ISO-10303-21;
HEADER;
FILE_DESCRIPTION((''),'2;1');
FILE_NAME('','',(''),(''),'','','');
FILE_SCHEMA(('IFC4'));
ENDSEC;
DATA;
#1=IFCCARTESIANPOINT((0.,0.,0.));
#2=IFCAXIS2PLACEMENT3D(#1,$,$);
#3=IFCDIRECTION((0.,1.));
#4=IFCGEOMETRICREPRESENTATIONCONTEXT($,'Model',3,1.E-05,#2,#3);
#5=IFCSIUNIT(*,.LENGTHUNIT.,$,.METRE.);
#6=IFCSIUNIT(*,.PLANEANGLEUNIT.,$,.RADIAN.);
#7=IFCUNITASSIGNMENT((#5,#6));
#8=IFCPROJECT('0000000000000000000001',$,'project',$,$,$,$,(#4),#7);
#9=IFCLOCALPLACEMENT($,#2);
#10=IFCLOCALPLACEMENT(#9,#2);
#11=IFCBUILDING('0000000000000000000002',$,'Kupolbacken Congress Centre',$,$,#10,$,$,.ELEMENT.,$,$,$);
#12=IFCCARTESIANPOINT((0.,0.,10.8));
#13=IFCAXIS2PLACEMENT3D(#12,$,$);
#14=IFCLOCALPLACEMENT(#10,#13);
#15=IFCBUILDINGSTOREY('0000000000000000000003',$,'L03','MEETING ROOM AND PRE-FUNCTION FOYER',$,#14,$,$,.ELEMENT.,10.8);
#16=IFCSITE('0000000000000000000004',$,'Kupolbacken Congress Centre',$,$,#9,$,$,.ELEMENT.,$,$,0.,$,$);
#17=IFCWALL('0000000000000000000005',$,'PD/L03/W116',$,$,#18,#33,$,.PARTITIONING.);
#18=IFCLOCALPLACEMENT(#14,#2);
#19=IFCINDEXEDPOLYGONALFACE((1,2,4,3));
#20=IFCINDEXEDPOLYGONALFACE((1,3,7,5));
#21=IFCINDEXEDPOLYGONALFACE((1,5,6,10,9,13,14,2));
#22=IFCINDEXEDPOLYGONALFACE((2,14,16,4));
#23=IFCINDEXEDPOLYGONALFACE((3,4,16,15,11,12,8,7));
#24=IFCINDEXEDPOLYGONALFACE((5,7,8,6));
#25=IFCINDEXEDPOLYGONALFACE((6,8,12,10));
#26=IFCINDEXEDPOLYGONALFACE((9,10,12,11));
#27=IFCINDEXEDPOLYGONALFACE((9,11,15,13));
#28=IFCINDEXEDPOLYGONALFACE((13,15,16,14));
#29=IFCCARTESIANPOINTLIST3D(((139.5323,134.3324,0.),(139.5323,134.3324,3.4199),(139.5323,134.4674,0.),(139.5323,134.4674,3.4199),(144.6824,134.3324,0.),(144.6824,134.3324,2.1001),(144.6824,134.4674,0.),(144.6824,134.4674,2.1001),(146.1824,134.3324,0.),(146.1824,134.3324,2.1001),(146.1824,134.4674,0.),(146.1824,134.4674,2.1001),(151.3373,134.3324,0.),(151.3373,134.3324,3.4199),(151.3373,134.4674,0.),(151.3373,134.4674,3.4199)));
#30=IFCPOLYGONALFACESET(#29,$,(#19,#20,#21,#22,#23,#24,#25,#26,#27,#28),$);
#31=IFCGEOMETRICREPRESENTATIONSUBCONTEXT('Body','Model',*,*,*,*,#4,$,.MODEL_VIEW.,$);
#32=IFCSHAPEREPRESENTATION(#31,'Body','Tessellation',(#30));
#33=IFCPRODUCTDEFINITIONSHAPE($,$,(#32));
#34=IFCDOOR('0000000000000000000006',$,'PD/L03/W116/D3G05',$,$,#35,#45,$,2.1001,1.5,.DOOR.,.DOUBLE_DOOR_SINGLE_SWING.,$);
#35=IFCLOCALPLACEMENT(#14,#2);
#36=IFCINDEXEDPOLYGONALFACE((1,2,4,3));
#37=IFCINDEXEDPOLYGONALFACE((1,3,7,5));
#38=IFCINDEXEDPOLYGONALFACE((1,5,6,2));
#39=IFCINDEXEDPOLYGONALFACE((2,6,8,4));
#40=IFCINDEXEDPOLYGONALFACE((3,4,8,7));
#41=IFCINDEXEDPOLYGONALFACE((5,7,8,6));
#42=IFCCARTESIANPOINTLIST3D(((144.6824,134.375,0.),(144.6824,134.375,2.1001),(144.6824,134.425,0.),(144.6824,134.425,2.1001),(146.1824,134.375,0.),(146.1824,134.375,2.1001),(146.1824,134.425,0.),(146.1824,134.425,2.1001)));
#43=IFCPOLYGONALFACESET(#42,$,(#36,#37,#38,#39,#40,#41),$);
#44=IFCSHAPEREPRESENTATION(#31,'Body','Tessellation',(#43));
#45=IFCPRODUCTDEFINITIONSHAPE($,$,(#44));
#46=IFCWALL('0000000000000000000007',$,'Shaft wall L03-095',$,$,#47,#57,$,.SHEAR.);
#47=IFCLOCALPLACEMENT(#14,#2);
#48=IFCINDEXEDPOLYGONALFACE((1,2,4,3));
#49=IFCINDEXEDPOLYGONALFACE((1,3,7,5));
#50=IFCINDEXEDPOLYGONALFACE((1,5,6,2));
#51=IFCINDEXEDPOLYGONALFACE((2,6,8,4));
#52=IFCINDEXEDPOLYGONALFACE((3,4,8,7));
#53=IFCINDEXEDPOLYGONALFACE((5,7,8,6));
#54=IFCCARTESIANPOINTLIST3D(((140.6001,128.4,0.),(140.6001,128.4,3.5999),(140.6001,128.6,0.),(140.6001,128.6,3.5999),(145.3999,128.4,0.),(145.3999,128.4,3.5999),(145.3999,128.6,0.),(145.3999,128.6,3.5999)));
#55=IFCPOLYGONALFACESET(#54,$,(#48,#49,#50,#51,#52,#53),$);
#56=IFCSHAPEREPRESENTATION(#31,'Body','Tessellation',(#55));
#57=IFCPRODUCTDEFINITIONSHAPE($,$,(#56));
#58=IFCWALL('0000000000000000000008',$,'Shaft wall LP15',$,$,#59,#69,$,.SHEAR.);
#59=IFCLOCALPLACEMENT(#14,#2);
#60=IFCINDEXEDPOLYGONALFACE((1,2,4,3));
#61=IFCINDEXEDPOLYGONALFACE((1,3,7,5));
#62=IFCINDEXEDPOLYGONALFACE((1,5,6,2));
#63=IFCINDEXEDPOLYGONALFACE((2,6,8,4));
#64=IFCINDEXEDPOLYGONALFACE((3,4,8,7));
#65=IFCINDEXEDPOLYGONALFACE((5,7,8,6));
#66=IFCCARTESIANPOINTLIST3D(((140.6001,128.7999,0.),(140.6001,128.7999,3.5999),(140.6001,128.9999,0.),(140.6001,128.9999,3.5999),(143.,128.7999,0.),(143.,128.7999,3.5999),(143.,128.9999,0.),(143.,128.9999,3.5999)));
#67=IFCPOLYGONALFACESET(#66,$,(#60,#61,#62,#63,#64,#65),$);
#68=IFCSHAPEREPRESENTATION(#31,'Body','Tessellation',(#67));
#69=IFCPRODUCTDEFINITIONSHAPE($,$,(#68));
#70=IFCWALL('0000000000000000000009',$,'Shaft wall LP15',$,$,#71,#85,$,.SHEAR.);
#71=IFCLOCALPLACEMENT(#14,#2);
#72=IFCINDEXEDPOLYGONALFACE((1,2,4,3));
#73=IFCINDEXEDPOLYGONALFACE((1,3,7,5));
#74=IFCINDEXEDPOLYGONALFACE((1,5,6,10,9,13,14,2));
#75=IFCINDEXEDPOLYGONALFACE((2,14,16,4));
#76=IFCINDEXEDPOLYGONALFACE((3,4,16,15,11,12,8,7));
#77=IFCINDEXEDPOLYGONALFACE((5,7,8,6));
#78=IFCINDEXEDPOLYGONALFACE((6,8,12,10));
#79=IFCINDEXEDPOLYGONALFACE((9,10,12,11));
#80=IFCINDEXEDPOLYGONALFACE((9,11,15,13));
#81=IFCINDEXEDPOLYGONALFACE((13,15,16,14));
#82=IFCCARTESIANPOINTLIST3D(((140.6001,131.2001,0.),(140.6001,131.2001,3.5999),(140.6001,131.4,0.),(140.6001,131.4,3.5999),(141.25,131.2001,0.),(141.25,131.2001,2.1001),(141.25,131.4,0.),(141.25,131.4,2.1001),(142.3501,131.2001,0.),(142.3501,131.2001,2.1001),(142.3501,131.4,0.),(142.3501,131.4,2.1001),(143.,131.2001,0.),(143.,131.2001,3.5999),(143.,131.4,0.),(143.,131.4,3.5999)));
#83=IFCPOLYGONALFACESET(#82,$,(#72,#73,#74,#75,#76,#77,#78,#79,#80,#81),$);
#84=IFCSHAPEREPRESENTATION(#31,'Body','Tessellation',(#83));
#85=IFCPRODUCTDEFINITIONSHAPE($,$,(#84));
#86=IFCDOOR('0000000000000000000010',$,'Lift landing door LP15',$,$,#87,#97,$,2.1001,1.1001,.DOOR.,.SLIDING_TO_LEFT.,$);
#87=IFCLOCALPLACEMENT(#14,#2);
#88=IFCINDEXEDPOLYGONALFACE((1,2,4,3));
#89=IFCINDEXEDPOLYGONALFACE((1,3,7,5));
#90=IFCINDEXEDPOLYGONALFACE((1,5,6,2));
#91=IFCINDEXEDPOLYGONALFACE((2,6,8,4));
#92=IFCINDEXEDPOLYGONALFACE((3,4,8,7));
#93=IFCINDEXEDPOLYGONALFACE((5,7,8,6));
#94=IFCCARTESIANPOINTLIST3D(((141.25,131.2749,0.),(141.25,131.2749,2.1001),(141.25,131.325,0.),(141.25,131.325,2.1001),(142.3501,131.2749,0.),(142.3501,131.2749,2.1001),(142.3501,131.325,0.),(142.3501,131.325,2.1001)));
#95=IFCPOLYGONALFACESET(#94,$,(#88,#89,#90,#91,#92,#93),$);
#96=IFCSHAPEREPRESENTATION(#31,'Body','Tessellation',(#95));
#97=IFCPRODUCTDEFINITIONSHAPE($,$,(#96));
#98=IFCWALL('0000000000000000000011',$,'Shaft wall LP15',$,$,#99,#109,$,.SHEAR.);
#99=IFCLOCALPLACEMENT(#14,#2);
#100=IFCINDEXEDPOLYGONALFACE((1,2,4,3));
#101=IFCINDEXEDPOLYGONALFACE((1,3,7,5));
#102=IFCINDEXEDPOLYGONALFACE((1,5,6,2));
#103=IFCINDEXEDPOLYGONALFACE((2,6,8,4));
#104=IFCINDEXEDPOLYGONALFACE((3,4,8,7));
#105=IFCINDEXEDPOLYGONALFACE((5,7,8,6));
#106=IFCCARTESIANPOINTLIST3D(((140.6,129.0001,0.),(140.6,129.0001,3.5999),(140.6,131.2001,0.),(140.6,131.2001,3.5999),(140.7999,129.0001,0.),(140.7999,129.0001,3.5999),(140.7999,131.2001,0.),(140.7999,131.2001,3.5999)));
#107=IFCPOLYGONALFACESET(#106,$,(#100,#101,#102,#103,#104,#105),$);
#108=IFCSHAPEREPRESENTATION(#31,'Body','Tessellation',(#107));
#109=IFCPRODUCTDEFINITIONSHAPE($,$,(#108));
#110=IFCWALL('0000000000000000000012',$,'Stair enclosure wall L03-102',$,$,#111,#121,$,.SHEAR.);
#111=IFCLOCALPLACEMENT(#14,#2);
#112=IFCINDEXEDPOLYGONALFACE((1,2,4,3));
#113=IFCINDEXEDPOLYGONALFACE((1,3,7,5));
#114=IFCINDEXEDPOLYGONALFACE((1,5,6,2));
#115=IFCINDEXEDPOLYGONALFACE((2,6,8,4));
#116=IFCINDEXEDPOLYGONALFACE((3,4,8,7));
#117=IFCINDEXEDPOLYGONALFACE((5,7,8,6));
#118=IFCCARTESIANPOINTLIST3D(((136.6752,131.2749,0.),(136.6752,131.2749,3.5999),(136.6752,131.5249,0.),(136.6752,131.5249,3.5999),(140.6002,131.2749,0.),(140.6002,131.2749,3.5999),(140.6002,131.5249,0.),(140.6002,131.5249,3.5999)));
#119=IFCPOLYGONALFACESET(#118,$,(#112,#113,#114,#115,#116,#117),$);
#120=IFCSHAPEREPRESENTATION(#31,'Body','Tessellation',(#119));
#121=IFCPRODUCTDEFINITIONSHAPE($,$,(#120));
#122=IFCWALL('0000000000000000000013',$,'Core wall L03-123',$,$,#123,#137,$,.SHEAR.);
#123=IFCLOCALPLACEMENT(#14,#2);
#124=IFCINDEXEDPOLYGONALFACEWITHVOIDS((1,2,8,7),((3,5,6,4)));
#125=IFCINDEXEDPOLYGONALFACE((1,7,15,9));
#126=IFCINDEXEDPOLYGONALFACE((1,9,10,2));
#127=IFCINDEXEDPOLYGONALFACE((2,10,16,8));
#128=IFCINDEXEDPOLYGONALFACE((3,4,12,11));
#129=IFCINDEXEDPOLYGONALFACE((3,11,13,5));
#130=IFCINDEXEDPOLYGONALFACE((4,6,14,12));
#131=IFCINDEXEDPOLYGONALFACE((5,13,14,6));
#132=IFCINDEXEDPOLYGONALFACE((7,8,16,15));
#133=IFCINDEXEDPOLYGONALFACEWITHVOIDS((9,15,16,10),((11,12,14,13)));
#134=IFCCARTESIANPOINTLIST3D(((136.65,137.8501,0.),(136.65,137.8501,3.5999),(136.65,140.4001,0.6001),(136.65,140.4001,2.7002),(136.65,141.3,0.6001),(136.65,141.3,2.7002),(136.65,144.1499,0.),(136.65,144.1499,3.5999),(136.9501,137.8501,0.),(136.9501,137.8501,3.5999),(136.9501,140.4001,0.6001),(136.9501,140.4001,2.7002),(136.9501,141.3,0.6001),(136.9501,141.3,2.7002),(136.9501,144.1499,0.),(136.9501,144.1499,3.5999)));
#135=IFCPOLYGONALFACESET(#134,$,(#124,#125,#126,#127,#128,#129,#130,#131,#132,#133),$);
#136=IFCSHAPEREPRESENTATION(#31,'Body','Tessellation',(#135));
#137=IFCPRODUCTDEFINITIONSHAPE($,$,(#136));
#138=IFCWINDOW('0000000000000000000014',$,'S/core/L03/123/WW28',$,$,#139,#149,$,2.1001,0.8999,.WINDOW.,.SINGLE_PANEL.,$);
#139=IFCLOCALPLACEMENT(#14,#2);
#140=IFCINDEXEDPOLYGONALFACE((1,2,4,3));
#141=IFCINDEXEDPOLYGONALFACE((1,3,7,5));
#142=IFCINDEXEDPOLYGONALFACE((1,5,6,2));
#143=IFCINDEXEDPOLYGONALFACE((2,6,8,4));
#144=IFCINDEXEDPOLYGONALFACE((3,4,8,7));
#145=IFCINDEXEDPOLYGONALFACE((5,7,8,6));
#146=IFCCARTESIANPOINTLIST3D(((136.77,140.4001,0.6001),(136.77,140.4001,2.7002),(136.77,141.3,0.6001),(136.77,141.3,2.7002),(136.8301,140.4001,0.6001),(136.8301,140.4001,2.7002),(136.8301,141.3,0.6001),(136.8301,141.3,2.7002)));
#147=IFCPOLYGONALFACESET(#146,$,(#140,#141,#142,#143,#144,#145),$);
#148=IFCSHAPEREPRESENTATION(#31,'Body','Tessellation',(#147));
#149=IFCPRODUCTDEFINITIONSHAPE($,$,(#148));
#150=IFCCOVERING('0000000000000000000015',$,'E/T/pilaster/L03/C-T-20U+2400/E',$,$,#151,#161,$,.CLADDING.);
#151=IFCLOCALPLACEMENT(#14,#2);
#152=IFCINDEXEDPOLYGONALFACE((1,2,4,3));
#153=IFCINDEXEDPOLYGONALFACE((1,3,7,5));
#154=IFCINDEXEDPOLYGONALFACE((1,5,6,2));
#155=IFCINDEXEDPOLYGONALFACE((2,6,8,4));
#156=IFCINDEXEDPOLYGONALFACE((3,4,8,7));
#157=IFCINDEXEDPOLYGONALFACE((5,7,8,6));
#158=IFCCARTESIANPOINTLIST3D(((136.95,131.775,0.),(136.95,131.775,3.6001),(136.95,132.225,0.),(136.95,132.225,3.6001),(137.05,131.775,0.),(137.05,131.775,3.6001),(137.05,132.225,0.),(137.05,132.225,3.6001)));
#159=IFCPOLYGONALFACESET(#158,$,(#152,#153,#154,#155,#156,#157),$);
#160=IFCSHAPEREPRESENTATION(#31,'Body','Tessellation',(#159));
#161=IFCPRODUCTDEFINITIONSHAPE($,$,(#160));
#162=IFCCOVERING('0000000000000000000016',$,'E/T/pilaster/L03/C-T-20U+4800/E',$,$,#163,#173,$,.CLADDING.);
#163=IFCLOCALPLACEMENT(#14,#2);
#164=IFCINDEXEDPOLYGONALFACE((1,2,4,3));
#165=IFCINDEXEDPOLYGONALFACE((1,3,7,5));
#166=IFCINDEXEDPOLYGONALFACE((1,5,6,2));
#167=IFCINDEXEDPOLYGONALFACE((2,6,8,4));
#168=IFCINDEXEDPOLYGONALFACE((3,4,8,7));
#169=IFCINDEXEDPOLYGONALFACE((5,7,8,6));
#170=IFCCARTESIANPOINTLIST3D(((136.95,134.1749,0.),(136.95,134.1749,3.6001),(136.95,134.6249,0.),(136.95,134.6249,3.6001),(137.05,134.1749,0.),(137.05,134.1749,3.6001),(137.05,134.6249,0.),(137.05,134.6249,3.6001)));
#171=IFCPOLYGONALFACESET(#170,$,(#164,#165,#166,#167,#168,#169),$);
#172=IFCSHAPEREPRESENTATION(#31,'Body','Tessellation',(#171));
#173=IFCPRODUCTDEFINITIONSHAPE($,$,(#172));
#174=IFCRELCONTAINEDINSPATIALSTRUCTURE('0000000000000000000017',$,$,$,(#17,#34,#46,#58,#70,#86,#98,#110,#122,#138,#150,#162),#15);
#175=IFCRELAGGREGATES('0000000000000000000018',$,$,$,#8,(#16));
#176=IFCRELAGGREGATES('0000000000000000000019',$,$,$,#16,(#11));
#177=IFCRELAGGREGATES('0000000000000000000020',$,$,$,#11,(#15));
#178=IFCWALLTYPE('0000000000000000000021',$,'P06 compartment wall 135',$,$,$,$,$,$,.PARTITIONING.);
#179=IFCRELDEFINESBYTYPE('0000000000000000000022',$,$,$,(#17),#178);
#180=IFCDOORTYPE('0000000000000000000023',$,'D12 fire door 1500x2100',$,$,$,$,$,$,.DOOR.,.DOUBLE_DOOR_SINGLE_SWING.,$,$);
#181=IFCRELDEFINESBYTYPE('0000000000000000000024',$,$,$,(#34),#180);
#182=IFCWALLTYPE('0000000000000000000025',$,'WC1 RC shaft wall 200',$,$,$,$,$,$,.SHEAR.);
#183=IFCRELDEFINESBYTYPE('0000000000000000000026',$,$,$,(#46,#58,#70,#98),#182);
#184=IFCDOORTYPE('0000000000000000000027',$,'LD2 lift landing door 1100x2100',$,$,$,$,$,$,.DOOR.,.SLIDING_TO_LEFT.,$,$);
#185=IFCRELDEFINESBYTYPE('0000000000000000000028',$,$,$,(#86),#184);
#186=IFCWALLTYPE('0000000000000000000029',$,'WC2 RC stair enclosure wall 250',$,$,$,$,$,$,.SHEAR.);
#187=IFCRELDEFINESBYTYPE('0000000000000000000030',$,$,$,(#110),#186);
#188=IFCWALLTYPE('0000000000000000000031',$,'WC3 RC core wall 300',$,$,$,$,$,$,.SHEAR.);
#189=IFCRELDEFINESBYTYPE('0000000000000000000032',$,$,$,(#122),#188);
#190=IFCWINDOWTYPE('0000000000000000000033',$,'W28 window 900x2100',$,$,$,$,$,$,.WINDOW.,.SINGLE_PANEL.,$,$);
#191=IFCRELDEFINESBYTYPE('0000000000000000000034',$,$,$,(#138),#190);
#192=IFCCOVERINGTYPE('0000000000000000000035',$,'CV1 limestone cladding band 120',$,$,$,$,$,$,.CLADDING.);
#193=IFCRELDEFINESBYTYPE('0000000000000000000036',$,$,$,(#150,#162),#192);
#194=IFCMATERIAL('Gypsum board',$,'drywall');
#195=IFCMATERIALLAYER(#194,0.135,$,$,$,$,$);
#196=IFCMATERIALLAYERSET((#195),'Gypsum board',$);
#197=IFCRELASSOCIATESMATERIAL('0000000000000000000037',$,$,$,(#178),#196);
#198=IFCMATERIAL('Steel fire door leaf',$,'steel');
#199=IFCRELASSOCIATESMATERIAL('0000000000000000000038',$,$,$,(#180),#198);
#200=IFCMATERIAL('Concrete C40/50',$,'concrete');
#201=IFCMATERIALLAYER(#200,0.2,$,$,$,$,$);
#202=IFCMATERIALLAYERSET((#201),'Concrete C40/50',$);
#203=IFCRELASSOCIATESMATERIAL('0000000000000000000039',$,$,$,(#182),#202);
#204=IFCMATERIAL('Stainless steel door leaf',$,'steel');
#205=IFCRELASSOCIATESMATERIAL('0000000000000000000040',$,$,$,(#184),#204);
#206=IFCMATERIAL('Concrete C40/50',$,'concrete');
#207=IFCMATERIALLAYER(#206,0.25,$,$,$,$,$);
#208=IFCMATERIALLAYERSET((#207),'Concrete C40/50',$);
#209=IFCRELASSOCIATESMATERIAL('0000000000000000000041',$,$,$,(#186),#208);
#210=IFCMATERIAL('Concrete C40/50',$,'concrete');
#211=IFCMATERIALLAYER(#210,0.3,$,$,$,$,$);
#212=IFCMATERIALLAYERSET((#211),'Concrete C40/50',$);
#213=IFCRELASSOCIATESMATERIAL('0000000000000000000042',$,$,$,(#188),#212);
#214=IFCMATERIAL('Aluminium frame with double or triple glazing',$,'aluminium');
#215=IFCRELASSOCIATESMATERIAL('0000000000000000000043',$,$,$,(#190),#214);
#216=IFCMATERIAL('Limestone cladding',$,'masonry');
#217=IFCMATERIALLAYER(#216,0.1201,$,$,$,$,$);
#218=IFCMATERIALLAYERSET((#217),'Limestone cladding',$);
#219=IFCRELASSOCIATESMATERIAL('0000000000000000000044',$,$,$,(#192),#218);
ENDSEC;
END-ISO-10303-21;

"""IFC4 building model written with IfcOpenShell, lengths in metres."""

from ifc_helpers import new_model, si_unit, direction, frame, frame_2d, origin, origin_2d, place, context, subcontext, project, spatial, rectangle, extrude, material, layer, layer_set, type_object, element, fill, save


model = new_model("IFC4")

# Units and contexts
model_context = context("Model", 3, precision=1e-05, world=origin(), true_north=direction((0.0, 1.0)))
body_context = subcontext(model_context, "Body", "Model", "MODEL_VIEW")
ifc_project = project(units=[si_unit("LENGTHUNIT", "METRE"), si_unit("PLANEANGLEUNIT", "RADIAN")], contexts=[model_context])

# Site, building, storey
site_placement = place(None, origin())
site = spatial("IfcSite", under=ifc_project, at=site_placement, Name="Kupolbacken Congress Centre", CompositionType="ELEMENT", RefElevation=0.0)
building_placement = place(site_placement, origin())
building = spatial("IfcBuilding", under=site, at=building_placement, Name="Kupolbacken Congress Centre", CompositionType="ELEMENT")
storey_placement = place(building_placement, frame((0.0, 0.0, 10.8)))
storey = spatial("IfcBuildingStorey", under=building, at=storey_placement, Name="L03", Description="MEETING ROOM AND PRE-FUNCTION FOYER", CompositionType="ELEMENT", Elevation=10.8)

# Wall, opening, door
ifc_material_1 = material(Name="Gypsum board", Category="drywall")
ifc_layer_1 = layer(ifc_material_1, 0.135)
ifc_layer_set_1 = layer_set([ifc_layer_1], Name="Gypsum board")
wall_type_1 = type_object("IfcWallType", Name="P06 compartment wall 135", PredefinedType="PARTITIONING", material=ifc_layer_set_1)
wall_1_placement = place(storey_placement, frame((139.5325, 134.3999, 0.0), z_axis=(0.0, 0.0, 1.0), x_axis=(1.0, 0.0, 0.0)))
wall_1 = element("IfcWall", 1, at=wall_1_placement, inside=storey, type_object=wall_type_1, Name="PD/L03/W116", PredefinedType="PARTITIONING", context=body_context, shape_type="SweptSolid", body=[
    extrude(rectangle(XDim=11.8049, YDim=0.135, at=frame_2d((5.9023, 0.0))), origin(), (0.0, 0.0, 1.0), 3.4199),
])
opening_1_placement = place(wall_1_placement, frame((5.1499, 0.0, 0.0)))
opening_1 = element("IfcOpeningElement", 2, at=opening_1_placement, cuts=wall_1, PredefinedType="OPENING", context=body_context, shape_type="SweptSolid", body=[
    extrude(rectangle(XDim=1.5, YDim=2.1001, at=frame_2d((0.75, 1.05))), frame((0.0, 0.0774, 0.0), z_axis=(0.0, -1.0, 0.0), x_axis=(1.0, 0.0, 0.0)), (0.0, 0.0, 1.0), 0.155),
])
ifc_material_2 = material(Name="Steel fire door leaf", Category="steel")
door_type_1 = type_object("IfcDoorType", Name="D12 fire door 1500x2100", OperationType="DOUBLE_DOOR_SINGLE_SWING", PredefinedType="DOOR", material=ifc_material_2)
door_1_placement = place(opening_1_placement, frame((1.5, 0.0, 0.0), z_axis=(0.0, 0.0, 1.0), x_axis=(-1.0, 0.0, 0.0)))
door_1 = element("IfcDoor", 3, at=door_1_placement, inside=storey, type_object=door_type_1, Name="PD/L03/W116/D3G05", OperationType="DOUBLE_DOOR_SINGLE_SWING", OverallHeight=2.1001, OverallWidth=1.5, PredefinedType="DOOR", context=body_context, shape_type="SweptSolid", body=[
    extrude(rectangle(XDim=1.5, YDim=2.1001, at=frame_2d((0.75, 1.05))), frame((0.0, 0.0249, 0.0), z_axis=(0.0, -1.0, 0.0), x_axis=(1.0, 0.0, 0.0)), (0.0, 0.0, 1.0), 0.05),
])
fill(opening_1, door_1)

# Walls
ifc_material_3 = material(Name="Concrete C40/50", Category="concrete")
ifc_layer_2 = layer(ifc_material_3, 0.2)
ifc_layer_set_2 = layer_set([ifc_layer_2], Name="Concrete C40/50")
wall_type_2 = type_object("IfcWallType", Name="WC1 RC shaft wall 200", PredefinedType="SHEAR", material=ifc_layer_set_2)
wall_2_placement = place(storey_placement, frame((140.6001, 128.5, 0.0), z_axis=(0.0, 0.0, 1.0), x_axis=(1.0, 0.0, 0.0)))
element("IfcWall", 4, at=wall_2_placement, inside=storey, type_object=wall_type_2, Name="Shaft wall L03-095", PredefinedType="SHEAR", context=body_context, shape_type="SweptSolid", body=[
    extrude(rectangle(XDim=4.7998, YDim=0.2, at=frame_2d((2.3999, 0.0))), origin(), (0.0, 0.0, 1.0), 3.5999),
])
wall_3_placement = place(storey_placement, frame((140.6001, 128.8999, 0.0), z_axis=(0.0, 0.0, 1.0), x_axis=(1.0, 0.0, 0.0)))
element("IfcWall", 5, at=wall_3_placement, inside=storey, type_object=wall_type_2, Name="Shaft wall LP15", PredefinedType="SHEAR", context=body_context, shape_type="SweptSolid", body=[
    extrude(rectangle(XDim=2.3999, YDim=0.2, at=frame_2d((1.2, 0.0))), origin(), (0.0, 0.0, 1.0), 3.5999),
])

# Wall, opening, door
wall_4_placement = place(storey_placement, frame((140.6001, 131.3, 0.0), z_axis=(0.0, 0.0, 1.0), x_axis=(1.0, 0.0, 0.0)))
wall_4 = element("IfcWall", 6, at=wall_4_placement, inside=storey, type_object=wall_type_2, Name="Shaft wall LP15", PredefinedType="SHEAR", context=body_context, shape_type="SweptSolid", body=[
    extrude(rectangle(XDim=2.3999, YDim=0.2, at=frame_2d((1.2, 0.0))), origin(), (0.0, 0.0, 1.0), 3.5999),
])
opening_2_placement = place(wall_4_placement, frame((0.6499, 0.0, 0.0)))
opening_2 = element("IfcOpeningElement", 7, at=opening_2_placement, cuts=wall_4, PredefinedType="OPENING", context=body_context, shape_type="SweptSolid", body=[
    extrude(rectangle(XDim=1.1001, YDim=2.1001, at=frame_2d((0.55, 1.05))), frame((0.0, 0.1099, 0.0), z_axis=(0.0, -1.0, 0.0), x_axis=(1.0, 0.0, 0.0)), (0.0, 0.0, 1.0), 0.22),
])
ifc_material_4 = material(Name="Stainless steel door leaf", Category="steel")
door_type_2 = type_object("IfcDoorType", Name="LD2 lift landing door 1100x2100", OperationType="SLIDING_TO_LEFT", PredefinedType="DOOR", material=ifc_material_4)
door_2_placement = place(opening_2_placement, origin())
door_2 = element("IfcDoor", 8, at=door_2_placement, inside=storey, type_object=door_type_2, Name="Lift landing door LP15", OperationType="SLIDING_TO_LEFT", OverallHeight=2.1001, OverallWidth=1.1001, PredefinedType="DOOR", context=body_context, shape_type="SweptSolid", body=[
    extrude(rectangle(XDim=1.1001, YDim=2.1001, at=frame_2d((0.55, 1.05))), frame((0.0, 0.0249, 0.0), z_axis=(0.0, -1.0, 0.0), x_axis=(1.0, 0.0, 0.0)), (0.0, 0.0, 1.0), 0.05),
])
fill(opening_2, door_2)

# Walls
wall_5_placement = place(storey_placement, frame((140.7, 129.0, 0.0), z_axis=(0.0, 0.0, 1.0), x_axis=(0.0, 1.0, 0.0)))
element("IfcWall", 9, at=wall_5_placement, inside=storey, type_object=wall_type_2, Name="Shaft wall LP15", PredefinedType="SHEAR", context=body_context, shape_type="SweptSolid", body=[
    extrude(rectangle(XDim=2.2, YDim=0.2, at=frame_2d((1.1001, 0.0))), origin(), (0.0, 0.0, 1.0), 3.5999),
])
ifc_material_5 = material(Name="Concrete C40/50", Category="concrete")
ifc_layer_3 = layer(ifc_material_5, 0.25)
ifc_layer_set_3 = layer_set([ifc_layer_3], Name="Concrete C40/50")
wall_type_3 = type_object("IfcWallType", Name="WC2 RC stair enclosure wall 250", PredefinedType="SHEAR", material=ifc_layer_set_3)
wall_6_placement = place(storey_placement, frame((140.6001, 131.3999, 0.0), z_axis=(0.0, 0.0, 1.0), x_axis=(-1.0, 0.0, 0.0)))
element("IfcWall", 10, at=wall_6_placement, inside=storey, type_object=wall_type_3, Name="Stair enclosure wall L03-102", PredefinedType="SHEAR", context=body_context, shape_type="SweptSolid", body=[
    extrude(rectangle(XDim=3.925, YDim=0.25, at=frame_2d((1.9624, 0.0))), origin(), (0.0, 0.0, 1.0), 3.5999),
])

# Wall, opening, window
ifc_material_6 = material(Name="Concrete C40/50", Category="concrete")
ifc_layer_4 = layer(ifc_material_6, 0.3)
ifc_layer_set_4 = layer_set([ifc_layer_4], Name="Concrete C40/50")
wall_type_4 = type_object("IfcWallType", Name="WC3 RC core wall 300", PredefinedType="SHEAR", material=ifc_layer_set_4)
wall_7_placement = place(storey_placement, frame((136.8, 137.8501, 0.0), z_axis=(0.0, 0.0, 1.0), x_axis=(0.0, 1.0, 0.0)))
wall_7 = element("IfcWall", 11, at=wall_7_placement, inside=storey, type_object=wall_type_4, Name="Core wall L03-123", PredefinedType="SHEAR", context=body_context, shape_type="SweptSolid", body=[
    extrude(rectangle(XDim=6.2998, YDim=0.3, at=frame_2d((3.1499, 0.0))), origin(), (0.0, 0.0, 1.0), 3.5999),
])
opening_3_placement = place(wall_7_placement, frame((2.55, 0.0, 0.6001)))
opening_3 = element("IfcOpeningElement", 12, at=opening_3_placement, cuts=wall_7, PredefinedType="OPENING", context=body_context, shape_type="SweptSolid", body=[
    extrude(rectangle(XDim=0.8999, YDim=2.1001, at=frame_2d((0.45, 1.05))), frame((0.0, 0.1599, 0.0), z_axis=(0.0, -1.0, 0.0), x_axis=(1.0, 0.0, 0.0)), (0.0, 0.0, 1.0), 0.3201),
])
ifc_material_7 = material(Name="Aluminium frame with double or triple glazing", Category="aluminium")
window_type = type_object("IfcWindowType", Name="W28 window 900x2100", PartitioningType="SINGLE_PANEL", PredefinedType="WINDOW", material=ifc_material_7)
window_placement = place(opening_3_placement, origin())
window = element("IfcWindow", 13, at=window_placement, inside=storey, type_object=window_type, Name="S/core/L03/123/WW28", OverallHeight=2.1001, OverallWidth=0.8999, PartitioningType="SINGLE_PANEL", PredefinedType="WINDOW", context=body_context, shape_type="SweptSolid", body=[
    extrude(rectangle(XDim=0.8999, YDim=2.1001, at=frame_2d((0.45, 1.05))), frame((0.0, 0.03, 0.0), z_axis=(0.0, -1.0, 0.0), x_axis=(1.0, 0.0, 0.0)), (0.0, 0.0, 1.0), 0.0601),
])
fill(opening_3, window)

# Coverings
ifc_material_8 = material(Name="Limestone cladding", Category="masonry")
ifc_layer_5 = layer(ifc_material_8, 0.1201)
ifc_layer_set_5 = layer_set([ifc_layer_5], Name="Limestone cladding")
covering_type = type_object("IfcCoveringType", Name="CV1 limestone cladding band 120", PredefinedType="CLADDING", material=ifc_layer_set_5)
for number, where, z_axis, x_axis, name in (
    (14, (137.0, 132.0, 0.0), (0.0, 0.0, 1.0), (1.0, 0.0, 0.0), "E/T/pilaster/L03/C-T-20U+2400/E"),
    (15, (137.0, 134.3999, 0.0), (0.0, 0.0, 1.0), (1.0, 0.0, 0.0), "E/T/pilaster/L03/C-T-20U+4800/E"),
):
    element("IfcCovering", number, at=place(storey_placement, frame(where, z_axis=z_axis, x_axis=x_axis)), inside=storey, type_object=covering_type, Name=name, PredefinedType="CLADDING", context=body_context, shape_type="SweptSolid", body=[
        extrude(rectangle(XDim=0.1001, YDim=0.45, at=origin_2d()), origin(), (0.0, 0.0, 1.0), 3.6001),
    ])

save(model, "model.ifc")
